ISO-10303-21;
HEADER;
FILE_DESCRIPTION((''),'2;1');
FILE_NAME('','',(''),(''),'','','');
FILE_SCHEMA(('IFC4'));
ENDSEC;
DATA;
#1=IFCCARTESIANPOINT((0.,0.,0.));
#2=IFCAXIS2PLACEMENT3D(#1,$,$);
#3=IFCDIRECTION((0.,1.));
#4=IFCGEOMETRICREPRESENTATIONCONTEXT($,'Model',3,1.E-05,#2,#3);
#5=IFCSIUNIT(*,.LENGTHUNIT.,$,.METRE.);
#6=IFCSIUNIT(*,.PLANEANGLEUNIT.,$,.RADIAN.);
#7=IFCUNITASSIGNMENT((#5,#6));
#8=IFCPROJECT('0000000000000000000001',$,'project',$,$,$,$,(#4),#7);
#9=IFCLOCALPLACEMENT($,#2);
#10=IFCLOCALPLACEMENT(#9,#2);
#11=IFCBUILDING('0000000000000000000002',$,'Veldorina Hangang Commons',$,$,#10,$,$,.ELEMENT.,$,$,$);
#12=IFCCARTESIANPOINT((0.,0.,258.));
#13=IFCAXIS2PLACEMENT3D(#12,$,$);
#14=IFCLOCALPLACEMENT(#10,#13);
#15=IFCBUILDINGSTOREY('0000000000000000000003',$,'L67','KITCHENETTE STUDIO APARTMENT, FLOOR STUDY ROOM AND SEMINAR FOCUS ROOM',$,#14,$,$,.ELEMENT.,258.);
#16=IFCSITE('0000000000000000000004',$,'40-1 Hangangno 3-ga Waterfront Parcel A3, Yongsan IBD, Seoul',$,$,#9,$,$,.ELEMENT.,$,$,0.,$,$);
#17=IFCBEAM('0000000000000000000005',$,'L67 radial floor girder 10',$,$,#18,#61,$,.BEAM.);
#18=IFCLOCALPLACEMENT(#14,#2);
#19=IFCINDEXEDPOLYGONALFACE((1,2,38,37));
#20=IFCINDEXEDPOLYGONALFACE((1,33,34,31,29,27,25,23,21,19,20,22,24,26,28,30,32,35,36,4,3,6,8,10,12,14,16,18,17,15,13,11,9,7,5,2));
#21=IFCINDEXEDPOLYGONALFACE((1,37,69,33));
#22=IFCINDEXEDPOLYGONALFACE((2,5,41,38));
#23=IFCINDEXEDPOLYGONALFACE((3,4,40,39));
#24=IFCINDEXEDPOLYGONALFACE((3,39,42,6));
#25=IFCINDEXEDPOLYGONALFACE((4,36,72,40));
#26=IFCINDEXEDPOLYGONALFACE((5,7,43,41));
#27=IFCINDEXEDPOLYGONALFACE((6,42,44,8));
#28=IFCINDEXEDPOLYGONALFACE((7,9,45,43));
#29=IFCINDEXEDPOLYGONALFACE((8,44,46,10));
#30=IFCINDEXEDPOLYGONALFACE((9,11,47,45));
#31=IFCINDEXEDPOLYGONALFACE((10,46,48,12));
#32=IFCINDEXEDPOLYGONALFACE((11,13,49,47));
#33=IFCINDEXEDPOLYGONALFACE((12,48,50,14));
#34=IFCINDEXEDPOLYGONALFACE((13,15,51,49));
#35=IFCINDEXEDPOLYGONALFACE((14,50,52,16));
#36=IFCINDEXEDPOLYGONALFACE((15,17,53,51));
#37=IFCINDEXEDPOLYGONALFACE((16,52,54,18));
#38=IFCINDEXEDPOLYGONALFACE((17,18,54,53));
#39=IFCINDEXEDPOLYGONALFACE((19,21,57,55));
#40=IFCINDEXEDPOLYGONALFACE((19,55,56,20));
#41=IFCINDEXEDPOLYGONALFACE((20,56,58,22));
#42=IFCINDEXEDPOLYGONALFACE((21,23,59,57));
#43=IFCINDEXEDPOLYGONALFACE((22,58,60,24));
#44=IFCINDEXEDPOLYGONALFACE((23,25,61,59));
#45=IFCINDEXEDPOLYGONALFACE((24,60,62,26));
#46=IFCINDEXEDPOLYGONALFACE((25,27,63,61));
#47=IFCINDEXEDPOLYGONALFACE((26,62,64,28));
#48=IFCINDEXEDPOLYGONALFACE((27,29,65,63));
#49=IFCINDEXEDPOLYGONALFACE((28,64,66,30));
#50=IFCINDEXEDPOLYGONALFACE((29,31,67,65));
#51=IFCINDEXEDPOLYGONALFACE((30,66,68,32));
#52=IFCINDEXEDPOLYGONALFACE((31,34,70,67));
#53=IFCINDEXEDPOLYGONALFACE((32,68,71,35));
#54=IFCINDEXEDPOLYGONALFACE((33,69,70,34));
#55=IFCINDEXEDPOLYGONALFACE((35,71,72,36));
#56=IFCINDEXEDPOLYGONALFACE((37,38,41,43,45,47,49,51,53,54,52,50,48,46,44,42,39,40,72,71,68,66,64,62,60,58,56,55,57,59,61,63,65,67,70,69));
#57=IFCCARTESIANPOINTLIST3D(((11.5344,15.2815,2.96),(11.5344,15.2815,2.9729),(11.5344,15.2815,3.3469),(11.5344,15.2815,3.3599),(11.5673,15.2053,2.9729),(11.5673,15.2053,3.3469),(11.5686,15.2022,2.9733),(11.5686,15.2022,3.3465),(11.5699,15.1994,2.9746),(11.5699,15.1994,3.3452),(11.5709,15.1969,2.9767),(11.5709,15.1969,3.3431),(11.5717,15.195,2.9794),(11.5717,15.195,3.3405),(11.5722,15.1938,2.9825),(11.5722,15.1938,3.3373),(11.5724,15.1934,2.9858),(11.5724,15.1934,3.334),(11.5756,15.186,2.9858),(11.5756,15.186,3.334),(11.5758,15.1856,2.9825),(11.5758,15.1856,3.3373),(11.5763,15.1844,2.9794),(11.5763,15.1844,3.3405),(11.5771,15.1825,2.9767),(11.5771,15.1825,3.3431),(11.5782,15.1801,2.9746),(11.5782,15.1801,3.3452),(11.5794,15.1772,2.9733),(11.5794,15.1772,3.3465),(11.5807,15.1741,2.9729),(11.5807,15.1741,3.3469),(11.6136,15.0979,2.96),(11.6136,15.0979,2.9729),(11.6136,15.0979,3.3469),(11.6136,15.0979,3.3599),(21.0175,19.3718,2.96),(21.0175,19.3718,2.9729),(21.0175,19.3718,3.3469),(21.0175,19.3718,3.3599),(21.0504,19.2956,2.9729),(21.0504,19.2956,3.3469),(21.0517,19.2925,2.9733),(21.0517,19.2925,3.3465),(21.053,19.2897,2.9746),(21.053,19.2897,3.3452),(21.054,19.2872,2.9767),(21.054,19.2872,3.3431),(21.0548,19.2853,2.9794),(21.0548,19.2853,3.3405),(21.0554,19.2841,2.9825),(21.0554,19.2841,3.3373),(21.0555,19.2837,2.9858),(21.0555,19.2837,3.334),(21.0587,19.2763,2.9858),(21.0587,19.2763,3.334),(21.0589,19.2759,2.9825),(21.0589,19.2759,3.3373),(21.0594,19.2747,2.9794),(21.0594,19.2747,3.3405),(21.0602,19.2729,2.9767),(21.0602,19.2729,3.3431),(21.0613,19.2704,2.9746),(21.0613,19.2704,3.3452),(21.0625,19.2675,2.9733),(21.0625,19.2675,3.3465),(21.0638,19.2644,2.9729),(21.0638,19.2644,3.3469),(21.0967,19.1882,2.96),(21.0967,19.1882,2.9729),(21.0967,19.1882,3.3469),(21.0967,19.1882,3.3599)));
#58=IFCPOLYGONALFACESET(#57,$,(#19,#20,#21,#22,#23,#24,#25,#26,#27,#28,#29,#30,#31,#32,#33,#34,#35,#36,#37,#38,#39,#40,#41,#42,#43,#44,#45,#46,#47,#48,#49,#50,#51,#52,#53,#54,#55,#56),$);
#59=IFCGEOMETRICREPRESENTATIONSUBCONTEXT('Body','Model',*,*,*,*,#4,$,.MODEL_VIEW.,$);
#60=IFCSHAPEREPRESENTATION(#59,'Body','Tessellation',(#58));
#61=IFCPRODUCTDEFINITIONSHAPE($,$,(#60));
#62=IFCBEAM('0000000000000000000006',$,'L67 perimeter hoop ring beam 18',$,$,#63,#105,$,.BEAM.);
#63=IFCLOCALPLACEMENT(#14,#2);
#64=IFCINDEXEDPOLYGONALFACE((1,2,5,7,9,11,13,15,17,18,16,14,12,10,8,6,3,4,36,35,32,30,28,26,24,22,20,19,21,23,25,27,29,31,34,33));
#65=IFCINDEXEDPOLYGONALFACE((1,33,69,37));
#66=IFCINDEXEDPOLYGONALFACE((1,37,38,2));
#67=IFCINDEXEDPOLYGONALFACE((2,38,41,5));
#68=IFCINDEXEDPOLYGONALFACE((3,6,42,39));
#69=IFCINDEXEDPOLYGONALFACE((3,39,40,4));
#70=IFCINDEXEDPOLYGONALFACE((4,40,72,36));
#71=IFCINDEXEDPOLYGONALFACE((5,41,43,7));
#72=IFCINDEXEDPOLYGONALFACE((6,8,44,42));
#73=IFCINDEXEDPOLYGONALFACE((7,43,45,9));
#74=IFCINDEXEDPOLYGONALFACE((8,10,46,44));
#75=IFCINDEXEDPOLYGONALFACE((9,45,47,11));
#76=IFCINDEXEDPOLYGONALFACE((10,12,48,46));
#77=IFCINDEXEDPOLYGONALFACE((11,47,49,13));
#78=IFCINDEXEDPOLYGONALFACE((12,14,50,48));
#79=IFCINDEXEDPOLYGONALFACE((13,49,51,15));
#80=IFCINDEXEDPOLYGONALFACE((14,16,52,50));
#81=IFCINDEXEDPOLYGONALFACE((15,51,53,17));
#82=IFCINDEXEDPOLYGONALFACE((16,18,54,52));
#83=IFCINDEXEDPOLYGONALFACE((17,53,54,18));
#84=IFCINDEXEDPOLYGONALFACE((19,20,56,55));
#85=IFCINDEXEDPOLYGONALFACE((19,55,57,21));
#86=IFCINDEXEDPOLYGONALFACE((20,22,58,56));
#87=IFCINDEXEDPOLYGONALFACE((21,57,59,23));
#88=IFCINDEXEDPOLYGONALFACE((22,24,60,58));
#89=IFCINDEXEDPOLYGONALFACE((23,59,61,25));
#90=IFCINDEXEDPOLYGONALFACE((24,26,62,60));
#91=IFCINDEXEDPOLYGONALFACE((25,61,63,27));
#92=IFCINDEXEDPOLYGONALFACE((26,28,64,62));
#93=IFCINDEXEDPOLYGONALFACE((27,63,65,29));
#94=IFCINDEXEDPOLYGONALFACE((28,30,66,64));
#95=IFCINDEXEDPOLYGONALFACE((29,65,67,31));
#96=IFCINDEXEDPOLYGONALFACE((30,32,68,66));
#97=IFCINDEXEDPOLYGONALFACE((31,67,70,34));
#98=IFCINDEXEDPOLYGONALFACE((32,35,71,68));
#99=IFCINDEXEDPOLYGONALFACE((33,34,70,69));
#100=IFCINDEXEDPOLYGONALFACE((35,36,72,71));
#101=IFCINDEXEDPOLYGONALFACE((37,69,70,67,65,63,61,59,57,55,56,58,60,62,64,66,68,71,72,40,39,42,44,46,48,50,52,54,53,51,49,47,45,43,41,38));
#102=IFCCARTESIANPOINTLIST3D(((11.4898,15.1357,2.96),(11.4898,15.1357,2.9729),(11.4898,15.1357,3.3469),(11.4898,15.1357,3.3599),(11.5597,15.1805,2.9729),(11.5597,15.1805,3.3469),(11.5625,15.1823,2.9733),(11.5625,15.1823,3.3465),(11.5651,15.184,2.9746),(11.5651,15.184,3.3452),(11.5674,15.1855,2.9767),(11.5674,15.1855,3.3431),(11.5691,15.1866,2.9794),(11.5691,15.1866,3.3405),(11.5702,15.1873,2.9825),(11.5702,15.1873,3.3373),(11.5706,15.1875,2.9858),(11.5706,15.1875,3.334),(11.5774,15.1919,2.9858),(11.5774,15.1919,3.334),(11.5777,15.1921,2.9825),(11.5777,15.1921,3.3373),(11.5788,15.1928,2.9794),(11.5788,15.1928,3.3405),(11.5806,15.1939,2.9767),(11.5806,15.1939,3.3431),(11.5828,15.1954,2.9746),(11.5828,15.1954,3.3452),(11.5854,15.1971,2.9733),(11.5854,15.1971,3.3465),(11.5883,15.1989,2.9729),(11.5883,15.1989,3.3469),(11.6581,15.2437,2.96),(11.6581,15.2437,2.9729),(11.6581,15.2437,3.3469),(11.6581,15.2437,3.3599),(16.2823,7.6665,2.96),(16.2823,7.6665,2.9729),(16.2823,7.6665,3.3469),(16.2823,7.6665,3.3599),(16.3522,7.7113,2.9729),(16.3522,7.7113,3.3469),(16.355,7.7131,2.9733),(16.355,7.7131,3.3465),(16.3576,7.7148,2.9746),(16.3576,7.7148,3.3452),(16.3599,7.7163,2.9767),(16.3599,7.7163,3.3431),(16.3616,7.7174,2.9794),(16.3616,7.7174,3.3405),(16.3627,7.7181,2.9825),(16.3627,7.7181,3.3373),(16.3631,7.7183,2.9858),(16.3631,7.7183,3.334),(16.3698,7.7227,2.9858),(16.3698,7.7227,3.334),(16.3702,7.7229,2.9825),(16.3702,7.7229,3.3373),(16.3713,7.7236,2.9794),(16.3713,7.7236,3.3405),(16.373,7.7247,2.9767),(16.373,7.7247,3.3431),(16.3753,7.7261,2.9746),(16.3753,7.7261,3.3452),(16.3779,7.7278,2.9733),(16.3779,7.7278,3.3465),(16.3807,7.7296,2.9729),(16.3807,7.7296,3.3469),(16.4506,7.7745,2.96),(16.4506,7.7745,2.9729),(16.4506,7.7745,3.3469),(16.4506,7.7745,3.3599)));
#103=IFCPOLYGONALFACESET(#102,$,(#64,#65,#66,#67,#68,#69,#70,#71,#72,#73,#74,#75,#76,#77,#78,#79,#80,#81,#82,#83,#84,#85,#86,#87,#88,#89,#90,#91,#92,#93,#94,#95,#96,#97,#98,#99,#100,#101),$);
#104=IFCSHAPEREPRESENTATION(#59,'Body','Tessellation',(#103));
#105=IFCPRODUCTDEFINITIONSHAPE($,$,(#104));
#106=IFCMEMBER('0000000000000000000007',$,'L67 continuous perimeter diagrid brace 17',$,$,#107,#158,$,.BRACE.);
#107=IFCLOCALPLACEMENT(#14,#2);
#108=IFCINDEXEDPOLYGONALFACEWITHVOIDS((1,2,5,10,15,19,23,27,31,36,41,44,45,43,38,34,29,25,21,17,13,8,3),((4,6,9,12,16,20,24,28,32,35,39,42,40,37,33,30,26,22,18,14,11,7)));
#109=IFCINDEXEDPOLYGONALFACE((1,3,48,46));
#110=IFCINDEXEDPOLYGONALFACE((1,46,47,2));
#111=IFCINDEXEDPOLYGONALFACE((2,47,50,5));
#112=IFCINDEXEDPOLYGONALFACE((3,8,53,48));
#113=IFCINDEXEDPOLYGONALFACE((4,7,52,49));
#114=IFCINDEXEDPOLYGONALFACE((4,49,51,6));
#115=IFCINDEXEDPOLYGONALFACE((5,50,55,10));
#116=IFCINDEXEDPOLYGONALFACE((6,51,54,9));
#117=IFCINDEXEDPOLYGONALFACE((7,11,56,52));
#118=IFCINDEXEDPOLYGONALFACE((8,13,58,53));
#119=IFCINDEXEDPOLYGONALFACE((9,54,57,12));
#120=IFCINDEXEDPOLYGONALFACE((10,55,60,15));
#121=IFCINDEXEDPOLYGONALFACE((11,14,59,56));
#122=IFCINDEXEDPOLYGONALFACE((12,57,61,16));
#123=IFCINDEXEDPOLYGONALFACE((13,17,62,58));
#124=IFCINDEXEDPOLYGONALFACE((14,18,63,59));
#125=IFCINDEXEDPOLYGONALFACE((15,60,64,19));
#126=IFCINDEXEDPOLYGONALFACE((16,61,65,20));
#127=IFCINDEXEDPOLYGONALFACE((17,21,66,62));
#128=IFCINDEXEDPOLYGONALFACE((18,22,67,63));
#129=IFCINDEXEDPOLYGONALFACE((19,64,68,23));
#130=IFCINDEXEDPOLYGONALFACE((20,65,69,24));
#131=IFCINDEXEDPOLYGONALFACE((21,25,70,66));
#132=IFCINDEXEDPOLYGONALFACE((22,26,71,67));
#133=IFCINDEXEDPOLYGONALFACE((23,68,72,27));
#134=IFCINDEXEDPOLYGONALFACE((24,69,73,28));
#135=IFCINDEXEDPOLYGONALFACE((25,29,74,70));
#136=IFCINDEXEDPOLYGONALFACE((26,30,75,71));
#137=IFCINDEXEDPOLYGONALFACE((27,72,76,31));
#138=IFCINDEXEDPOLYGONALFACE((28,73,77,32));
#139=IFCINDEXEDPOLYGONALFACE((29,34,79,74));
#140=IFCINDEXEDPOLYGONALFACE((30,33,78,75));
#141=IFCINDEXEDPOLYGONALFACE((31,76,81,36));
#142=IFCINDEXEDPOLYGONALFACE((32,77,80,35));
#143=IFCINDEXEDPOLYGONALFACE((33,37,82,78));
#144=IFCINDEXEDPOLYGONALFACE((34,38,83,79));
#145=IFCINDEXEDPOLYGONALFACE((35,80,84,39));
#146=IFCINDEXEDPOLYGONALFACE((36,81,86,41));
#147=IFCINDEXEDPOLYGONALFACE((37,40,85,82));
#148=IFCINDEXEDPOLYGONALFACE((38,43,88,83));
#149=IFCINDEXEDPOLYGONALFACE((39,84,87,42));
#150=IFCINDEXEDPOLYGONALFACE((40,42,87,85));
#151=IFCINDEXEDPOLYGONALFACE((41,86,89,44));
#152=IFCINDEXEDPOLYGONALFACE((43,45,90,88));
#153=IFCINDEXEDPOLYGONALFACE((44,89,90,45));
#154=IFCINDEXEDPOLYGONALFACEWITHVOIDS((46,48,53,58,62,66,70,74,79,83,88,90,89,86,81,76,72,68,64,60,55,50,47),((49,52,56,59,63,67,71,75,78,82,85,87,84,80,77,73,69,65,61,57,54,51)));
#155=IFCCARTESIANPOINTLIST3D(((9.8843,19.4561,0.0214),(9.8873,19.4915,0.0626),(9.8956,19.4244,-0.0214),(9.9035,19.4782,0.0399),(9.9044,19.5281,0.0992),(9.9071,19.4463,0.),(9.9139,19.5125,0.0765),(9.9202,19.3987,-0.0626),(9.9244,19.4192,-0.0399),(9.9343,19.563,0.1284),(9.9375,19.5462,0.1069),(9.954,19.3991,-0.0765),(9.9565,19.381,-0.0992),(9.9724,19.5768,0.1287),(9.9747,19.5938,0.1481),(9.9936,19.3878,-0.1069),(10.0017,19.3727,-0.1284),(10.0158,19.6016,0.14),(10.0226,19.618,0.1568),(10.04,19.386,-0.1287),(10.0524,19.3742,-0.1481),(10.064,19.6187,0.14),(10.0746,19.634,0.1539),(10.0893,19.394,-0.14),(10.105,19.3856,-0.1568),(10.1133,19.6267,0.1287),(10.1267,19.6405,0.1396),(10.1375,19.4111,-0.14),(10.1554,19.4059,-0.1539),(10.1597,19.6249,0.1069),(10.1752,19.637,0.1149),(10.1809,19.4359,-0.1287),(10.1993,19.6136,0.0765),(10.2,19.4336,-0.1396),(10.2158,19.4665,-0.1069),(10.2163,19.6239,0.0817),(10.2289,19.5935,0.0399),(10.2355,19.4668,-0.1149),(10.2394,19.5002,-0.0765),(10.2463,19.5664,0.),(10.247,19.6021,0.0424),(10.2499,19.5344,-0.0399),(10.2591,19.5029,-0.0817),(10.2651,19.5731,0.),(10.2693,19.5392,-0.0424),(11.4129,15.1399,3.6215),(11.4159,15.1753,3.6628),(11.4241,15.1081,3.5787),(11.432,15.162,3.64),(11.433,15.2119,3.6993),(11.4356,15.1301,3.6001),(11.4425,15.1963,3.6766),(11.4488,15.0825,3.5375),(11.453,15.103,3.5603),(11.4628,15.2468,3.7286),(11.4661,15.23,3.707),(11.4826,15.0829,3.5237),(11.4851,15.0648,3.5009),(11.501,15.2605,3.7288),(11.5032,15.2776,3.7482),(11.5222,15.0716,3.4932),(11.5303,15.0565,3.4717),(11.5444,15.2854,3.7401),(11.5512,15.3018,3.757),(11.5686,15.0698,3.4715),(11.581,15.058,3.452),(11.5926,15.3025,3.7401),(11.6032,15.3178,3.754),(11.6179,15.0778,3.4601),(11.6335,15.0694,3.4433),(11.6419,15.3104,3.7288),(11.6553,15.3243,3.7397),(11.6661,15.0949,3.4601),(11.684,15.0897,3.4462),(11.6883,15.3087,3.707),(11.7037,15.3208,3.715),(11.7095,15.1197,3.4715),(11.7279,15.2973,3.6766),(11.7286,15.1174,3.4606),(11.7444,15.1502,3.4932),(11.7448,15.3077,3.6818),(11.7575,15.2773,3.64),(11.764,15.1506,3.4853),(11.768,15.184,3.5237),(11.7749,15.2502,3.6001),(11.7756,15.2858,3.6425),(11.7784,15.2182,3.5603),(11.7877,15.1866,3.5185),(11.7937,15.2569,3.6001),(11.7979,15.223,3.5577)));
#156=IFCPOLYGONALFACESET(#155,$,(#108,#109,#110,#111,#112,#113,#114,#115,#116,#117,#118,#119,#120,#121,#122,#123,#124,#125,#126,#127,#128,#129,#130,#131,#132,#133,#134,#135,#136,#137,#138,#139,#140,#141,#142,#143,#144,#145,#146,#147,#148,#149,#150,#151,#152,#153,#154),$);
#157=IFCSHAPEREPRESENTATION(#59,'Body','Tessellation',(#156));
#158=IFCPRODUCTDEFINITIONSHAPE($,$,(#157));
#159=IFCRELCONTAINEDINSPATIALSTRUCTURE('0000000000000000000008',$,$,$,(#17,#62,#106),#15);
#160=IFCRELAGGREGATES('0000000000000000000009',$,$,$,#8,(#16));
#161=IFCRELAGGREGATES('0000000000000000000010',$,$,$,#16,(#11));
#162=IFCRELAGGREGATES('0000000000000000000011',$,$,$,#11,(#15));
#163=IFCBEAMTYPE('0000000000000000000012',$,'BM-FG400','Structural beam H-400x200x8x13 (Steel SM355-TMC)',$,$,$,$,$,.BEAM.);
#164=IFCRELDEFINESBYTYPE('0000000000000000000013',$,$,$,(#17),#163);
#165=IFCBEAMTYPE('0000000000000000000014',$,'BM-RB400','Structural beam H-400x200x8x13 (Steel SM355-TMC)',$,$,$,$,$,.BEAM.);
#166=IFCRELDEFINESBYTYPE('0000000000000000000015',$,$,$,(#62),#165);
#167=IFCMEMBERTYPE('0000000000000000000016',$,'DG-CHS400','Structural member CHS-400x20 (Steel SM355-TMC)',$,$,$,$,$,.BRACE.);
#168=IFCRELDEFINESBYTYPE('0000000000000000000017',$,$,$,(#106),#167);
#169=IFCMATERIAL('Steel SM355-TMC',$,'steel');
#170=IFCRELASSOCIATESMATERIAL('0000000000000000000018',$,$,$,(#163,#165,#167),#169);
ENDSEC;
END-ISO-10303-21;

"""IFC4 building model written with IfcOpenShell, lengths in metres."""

from ifc_helpers import new_model, si_unit, direction, frame, origin, origin_2d, place, context, subcontext, project, spatial, hollow_circle, i_section, extrude, material, material_profile, profile_set, type_object, element, save


model = new_model("IFC4")

# Units and contexts
model_context = context("Model", 3, precision=1e-05, world=origin(), true_north=direction((0.0, 1.0)))
body_context = subcontext(model_context, "Body", "Model", "MODEL_VIEW")
ifc_project = project(units=[si_unit("LENGTHUNIT", "METRE"), si_unit("PLANEANGLEUNIT", "RADIAN")], contexts=[model_context])

# Site, building, storey
site_placement = place(None, origin())
site = spatial("IfcSite", under=ifc_project, at=site_placement, Name="40-1 Hangangno 3-ga Waterfront Parcel A3, Yongsan IBD, Seoul", CompositionType="ELEMENT", RefElevation=0.0)
building_placement = place(site_placement, origin())
building = spatial("IfcBuilding", under=site, at=building_placement, Name="Veldorina Hangang Commons", CompositionType="ELEMENT")
storey_placement = place(building_placement, frame((0.0, 0.0, 258.0)))
storey = spatial("IfcBuildingStorey", under=building, at=storey_placement, Name="L67", Description="KITCHENETTE STUDIO APARTMENT, FLOOR STUDY ROOM AND SEMINAR FOCUS ROOM", CompositionType="ELEMENT", Elevation=258.0)

# Beams
ifc_material_1 = material(Name="Steel SM355-TMC", Category="steel")
ifc_material_profile_1 = material_profile(ifc_material_1, i_section(OverallWidth=0.2, OverallDepth=0.3999, WebThickness=0.0081, FlangeThickness=0.0129, FilletRadius=0.0129, at=origin_2d()), Name="H-400x200x8x13")
ifc_profile_set_1 = profile_set([ifc_material_profile_1], Name="Steel SM355-TMC")
beam_type_1 = type_object("IfcBeamType", Name="BM-FG400", Description="Structural beam H-400x200x8x13 (Steel SM355-TMC)", PredefinedType="BEAM", material=ifc_profile_set_1)
beam_1_placement = place(storey_placement, frame((21.0571, 19.28, 3.1599), z_axis=(-0.918227, -0.396055, 0.0), x_axis=(0.396055, -0.918227, 0.0)))
element("IfcBeam", 1, at=beam_1_placement, inside=storey, type_object=beam_type_1, Name="L67 radial floor girder 10", PredefinedType="BEAM", context=body_context, shape_type="SweptSolid", body=[
    extrude(i_section(OverallWidth=0.2, OverallDepth=0.3999, WebThickness=0.0081, FlangeThickness=0.0129, FilletRadius=0.0129, at=origin_2d()), origin(), (0.0, 0.0, 1.0), 10.3276),
])
ifc_material_profile_2 = material_profile(ifc_material_1, i_section(OverallWidth=0.2, OverallDepth=0.3999, WebThickness=0.0081, FlangeThickness=0.0129, FilletRadius=0.0129, at=origin_2d()), Name="H-400x200x8x13")
ifc_profile_set_2 = profile_set([ifc_material_profile_2], Name="Steel SM355-TMC")
beam_type_2 = type_object("IfcBeamType", Name="BM-RB400", Description="Structural beam H-400x200x8x13 (Steel SM355-TMC)", PredefinedType="BEAM", material=ifc_profile_set_2)
beam_2_placement = place(storey_placement, frame((11.574, 15.1897, 3.1599), z_axis=(0.540026, -0.841648, 0.0), x_axis=(0.841648, 0.540026, 0.0)))
element("IfcBeam", 2, at=beam_2_placement, inside=storey, type_object=beam_type_2, Name="L67 perimeter hoop ring beam 18", PredefinedType="BEAM", context=body_context, shape_type="SweptSolid", body=[
    extrude(i_section(OverallWidth=0.2, OverallDepth=0.3999, WebThickness=0.0081, FlangeThickness=0.0129, FilletRadius=0.0129, at=origin_2d()), origin(), (0.0, 0.0, 1.0), 8.8745),
])

# Member
ifc_material_profile_3 = material_profile(ifc_material_1, hollow_circle(Radius=0.2, WallThickness=0.02, at=origin_2d()), Name="CHS-400x20")
ifc_profile_set_3 = profile_set([ifc_material_profile_3], Name="Steel SM355-TMC")
member_type_1 = type_object("IfcMemberType", Name="DG-CHS400", Description="Structural member CHS-400x20 (Steel SM355-TMC)", PredefinedType="BRACE", material=ifc_profile_set_3)
member_1_placement = place(storey_placement, frame((10.0767, 19.5063, 0.0), z_axis=(0.262431, -0.741017, 0.61808), x_axis=(0.942632, 0.333832, 0.0)))
element("IfcMember", 3, at=member_1_placement, inside=storey, type_object=member_type_1, Name="L67 continuous perimeter diagrid brace 17", PredefinedType="BRACE", context=body_context, shape_type="SweptSolid", body=[
    extrude(hollow_circle(Radius=0.2, WallThickness=0.02, at=origin_2d()), origin(), (0.0, 0.0, 1.0), 5.8247),
])

save(model, "model.ifc")
